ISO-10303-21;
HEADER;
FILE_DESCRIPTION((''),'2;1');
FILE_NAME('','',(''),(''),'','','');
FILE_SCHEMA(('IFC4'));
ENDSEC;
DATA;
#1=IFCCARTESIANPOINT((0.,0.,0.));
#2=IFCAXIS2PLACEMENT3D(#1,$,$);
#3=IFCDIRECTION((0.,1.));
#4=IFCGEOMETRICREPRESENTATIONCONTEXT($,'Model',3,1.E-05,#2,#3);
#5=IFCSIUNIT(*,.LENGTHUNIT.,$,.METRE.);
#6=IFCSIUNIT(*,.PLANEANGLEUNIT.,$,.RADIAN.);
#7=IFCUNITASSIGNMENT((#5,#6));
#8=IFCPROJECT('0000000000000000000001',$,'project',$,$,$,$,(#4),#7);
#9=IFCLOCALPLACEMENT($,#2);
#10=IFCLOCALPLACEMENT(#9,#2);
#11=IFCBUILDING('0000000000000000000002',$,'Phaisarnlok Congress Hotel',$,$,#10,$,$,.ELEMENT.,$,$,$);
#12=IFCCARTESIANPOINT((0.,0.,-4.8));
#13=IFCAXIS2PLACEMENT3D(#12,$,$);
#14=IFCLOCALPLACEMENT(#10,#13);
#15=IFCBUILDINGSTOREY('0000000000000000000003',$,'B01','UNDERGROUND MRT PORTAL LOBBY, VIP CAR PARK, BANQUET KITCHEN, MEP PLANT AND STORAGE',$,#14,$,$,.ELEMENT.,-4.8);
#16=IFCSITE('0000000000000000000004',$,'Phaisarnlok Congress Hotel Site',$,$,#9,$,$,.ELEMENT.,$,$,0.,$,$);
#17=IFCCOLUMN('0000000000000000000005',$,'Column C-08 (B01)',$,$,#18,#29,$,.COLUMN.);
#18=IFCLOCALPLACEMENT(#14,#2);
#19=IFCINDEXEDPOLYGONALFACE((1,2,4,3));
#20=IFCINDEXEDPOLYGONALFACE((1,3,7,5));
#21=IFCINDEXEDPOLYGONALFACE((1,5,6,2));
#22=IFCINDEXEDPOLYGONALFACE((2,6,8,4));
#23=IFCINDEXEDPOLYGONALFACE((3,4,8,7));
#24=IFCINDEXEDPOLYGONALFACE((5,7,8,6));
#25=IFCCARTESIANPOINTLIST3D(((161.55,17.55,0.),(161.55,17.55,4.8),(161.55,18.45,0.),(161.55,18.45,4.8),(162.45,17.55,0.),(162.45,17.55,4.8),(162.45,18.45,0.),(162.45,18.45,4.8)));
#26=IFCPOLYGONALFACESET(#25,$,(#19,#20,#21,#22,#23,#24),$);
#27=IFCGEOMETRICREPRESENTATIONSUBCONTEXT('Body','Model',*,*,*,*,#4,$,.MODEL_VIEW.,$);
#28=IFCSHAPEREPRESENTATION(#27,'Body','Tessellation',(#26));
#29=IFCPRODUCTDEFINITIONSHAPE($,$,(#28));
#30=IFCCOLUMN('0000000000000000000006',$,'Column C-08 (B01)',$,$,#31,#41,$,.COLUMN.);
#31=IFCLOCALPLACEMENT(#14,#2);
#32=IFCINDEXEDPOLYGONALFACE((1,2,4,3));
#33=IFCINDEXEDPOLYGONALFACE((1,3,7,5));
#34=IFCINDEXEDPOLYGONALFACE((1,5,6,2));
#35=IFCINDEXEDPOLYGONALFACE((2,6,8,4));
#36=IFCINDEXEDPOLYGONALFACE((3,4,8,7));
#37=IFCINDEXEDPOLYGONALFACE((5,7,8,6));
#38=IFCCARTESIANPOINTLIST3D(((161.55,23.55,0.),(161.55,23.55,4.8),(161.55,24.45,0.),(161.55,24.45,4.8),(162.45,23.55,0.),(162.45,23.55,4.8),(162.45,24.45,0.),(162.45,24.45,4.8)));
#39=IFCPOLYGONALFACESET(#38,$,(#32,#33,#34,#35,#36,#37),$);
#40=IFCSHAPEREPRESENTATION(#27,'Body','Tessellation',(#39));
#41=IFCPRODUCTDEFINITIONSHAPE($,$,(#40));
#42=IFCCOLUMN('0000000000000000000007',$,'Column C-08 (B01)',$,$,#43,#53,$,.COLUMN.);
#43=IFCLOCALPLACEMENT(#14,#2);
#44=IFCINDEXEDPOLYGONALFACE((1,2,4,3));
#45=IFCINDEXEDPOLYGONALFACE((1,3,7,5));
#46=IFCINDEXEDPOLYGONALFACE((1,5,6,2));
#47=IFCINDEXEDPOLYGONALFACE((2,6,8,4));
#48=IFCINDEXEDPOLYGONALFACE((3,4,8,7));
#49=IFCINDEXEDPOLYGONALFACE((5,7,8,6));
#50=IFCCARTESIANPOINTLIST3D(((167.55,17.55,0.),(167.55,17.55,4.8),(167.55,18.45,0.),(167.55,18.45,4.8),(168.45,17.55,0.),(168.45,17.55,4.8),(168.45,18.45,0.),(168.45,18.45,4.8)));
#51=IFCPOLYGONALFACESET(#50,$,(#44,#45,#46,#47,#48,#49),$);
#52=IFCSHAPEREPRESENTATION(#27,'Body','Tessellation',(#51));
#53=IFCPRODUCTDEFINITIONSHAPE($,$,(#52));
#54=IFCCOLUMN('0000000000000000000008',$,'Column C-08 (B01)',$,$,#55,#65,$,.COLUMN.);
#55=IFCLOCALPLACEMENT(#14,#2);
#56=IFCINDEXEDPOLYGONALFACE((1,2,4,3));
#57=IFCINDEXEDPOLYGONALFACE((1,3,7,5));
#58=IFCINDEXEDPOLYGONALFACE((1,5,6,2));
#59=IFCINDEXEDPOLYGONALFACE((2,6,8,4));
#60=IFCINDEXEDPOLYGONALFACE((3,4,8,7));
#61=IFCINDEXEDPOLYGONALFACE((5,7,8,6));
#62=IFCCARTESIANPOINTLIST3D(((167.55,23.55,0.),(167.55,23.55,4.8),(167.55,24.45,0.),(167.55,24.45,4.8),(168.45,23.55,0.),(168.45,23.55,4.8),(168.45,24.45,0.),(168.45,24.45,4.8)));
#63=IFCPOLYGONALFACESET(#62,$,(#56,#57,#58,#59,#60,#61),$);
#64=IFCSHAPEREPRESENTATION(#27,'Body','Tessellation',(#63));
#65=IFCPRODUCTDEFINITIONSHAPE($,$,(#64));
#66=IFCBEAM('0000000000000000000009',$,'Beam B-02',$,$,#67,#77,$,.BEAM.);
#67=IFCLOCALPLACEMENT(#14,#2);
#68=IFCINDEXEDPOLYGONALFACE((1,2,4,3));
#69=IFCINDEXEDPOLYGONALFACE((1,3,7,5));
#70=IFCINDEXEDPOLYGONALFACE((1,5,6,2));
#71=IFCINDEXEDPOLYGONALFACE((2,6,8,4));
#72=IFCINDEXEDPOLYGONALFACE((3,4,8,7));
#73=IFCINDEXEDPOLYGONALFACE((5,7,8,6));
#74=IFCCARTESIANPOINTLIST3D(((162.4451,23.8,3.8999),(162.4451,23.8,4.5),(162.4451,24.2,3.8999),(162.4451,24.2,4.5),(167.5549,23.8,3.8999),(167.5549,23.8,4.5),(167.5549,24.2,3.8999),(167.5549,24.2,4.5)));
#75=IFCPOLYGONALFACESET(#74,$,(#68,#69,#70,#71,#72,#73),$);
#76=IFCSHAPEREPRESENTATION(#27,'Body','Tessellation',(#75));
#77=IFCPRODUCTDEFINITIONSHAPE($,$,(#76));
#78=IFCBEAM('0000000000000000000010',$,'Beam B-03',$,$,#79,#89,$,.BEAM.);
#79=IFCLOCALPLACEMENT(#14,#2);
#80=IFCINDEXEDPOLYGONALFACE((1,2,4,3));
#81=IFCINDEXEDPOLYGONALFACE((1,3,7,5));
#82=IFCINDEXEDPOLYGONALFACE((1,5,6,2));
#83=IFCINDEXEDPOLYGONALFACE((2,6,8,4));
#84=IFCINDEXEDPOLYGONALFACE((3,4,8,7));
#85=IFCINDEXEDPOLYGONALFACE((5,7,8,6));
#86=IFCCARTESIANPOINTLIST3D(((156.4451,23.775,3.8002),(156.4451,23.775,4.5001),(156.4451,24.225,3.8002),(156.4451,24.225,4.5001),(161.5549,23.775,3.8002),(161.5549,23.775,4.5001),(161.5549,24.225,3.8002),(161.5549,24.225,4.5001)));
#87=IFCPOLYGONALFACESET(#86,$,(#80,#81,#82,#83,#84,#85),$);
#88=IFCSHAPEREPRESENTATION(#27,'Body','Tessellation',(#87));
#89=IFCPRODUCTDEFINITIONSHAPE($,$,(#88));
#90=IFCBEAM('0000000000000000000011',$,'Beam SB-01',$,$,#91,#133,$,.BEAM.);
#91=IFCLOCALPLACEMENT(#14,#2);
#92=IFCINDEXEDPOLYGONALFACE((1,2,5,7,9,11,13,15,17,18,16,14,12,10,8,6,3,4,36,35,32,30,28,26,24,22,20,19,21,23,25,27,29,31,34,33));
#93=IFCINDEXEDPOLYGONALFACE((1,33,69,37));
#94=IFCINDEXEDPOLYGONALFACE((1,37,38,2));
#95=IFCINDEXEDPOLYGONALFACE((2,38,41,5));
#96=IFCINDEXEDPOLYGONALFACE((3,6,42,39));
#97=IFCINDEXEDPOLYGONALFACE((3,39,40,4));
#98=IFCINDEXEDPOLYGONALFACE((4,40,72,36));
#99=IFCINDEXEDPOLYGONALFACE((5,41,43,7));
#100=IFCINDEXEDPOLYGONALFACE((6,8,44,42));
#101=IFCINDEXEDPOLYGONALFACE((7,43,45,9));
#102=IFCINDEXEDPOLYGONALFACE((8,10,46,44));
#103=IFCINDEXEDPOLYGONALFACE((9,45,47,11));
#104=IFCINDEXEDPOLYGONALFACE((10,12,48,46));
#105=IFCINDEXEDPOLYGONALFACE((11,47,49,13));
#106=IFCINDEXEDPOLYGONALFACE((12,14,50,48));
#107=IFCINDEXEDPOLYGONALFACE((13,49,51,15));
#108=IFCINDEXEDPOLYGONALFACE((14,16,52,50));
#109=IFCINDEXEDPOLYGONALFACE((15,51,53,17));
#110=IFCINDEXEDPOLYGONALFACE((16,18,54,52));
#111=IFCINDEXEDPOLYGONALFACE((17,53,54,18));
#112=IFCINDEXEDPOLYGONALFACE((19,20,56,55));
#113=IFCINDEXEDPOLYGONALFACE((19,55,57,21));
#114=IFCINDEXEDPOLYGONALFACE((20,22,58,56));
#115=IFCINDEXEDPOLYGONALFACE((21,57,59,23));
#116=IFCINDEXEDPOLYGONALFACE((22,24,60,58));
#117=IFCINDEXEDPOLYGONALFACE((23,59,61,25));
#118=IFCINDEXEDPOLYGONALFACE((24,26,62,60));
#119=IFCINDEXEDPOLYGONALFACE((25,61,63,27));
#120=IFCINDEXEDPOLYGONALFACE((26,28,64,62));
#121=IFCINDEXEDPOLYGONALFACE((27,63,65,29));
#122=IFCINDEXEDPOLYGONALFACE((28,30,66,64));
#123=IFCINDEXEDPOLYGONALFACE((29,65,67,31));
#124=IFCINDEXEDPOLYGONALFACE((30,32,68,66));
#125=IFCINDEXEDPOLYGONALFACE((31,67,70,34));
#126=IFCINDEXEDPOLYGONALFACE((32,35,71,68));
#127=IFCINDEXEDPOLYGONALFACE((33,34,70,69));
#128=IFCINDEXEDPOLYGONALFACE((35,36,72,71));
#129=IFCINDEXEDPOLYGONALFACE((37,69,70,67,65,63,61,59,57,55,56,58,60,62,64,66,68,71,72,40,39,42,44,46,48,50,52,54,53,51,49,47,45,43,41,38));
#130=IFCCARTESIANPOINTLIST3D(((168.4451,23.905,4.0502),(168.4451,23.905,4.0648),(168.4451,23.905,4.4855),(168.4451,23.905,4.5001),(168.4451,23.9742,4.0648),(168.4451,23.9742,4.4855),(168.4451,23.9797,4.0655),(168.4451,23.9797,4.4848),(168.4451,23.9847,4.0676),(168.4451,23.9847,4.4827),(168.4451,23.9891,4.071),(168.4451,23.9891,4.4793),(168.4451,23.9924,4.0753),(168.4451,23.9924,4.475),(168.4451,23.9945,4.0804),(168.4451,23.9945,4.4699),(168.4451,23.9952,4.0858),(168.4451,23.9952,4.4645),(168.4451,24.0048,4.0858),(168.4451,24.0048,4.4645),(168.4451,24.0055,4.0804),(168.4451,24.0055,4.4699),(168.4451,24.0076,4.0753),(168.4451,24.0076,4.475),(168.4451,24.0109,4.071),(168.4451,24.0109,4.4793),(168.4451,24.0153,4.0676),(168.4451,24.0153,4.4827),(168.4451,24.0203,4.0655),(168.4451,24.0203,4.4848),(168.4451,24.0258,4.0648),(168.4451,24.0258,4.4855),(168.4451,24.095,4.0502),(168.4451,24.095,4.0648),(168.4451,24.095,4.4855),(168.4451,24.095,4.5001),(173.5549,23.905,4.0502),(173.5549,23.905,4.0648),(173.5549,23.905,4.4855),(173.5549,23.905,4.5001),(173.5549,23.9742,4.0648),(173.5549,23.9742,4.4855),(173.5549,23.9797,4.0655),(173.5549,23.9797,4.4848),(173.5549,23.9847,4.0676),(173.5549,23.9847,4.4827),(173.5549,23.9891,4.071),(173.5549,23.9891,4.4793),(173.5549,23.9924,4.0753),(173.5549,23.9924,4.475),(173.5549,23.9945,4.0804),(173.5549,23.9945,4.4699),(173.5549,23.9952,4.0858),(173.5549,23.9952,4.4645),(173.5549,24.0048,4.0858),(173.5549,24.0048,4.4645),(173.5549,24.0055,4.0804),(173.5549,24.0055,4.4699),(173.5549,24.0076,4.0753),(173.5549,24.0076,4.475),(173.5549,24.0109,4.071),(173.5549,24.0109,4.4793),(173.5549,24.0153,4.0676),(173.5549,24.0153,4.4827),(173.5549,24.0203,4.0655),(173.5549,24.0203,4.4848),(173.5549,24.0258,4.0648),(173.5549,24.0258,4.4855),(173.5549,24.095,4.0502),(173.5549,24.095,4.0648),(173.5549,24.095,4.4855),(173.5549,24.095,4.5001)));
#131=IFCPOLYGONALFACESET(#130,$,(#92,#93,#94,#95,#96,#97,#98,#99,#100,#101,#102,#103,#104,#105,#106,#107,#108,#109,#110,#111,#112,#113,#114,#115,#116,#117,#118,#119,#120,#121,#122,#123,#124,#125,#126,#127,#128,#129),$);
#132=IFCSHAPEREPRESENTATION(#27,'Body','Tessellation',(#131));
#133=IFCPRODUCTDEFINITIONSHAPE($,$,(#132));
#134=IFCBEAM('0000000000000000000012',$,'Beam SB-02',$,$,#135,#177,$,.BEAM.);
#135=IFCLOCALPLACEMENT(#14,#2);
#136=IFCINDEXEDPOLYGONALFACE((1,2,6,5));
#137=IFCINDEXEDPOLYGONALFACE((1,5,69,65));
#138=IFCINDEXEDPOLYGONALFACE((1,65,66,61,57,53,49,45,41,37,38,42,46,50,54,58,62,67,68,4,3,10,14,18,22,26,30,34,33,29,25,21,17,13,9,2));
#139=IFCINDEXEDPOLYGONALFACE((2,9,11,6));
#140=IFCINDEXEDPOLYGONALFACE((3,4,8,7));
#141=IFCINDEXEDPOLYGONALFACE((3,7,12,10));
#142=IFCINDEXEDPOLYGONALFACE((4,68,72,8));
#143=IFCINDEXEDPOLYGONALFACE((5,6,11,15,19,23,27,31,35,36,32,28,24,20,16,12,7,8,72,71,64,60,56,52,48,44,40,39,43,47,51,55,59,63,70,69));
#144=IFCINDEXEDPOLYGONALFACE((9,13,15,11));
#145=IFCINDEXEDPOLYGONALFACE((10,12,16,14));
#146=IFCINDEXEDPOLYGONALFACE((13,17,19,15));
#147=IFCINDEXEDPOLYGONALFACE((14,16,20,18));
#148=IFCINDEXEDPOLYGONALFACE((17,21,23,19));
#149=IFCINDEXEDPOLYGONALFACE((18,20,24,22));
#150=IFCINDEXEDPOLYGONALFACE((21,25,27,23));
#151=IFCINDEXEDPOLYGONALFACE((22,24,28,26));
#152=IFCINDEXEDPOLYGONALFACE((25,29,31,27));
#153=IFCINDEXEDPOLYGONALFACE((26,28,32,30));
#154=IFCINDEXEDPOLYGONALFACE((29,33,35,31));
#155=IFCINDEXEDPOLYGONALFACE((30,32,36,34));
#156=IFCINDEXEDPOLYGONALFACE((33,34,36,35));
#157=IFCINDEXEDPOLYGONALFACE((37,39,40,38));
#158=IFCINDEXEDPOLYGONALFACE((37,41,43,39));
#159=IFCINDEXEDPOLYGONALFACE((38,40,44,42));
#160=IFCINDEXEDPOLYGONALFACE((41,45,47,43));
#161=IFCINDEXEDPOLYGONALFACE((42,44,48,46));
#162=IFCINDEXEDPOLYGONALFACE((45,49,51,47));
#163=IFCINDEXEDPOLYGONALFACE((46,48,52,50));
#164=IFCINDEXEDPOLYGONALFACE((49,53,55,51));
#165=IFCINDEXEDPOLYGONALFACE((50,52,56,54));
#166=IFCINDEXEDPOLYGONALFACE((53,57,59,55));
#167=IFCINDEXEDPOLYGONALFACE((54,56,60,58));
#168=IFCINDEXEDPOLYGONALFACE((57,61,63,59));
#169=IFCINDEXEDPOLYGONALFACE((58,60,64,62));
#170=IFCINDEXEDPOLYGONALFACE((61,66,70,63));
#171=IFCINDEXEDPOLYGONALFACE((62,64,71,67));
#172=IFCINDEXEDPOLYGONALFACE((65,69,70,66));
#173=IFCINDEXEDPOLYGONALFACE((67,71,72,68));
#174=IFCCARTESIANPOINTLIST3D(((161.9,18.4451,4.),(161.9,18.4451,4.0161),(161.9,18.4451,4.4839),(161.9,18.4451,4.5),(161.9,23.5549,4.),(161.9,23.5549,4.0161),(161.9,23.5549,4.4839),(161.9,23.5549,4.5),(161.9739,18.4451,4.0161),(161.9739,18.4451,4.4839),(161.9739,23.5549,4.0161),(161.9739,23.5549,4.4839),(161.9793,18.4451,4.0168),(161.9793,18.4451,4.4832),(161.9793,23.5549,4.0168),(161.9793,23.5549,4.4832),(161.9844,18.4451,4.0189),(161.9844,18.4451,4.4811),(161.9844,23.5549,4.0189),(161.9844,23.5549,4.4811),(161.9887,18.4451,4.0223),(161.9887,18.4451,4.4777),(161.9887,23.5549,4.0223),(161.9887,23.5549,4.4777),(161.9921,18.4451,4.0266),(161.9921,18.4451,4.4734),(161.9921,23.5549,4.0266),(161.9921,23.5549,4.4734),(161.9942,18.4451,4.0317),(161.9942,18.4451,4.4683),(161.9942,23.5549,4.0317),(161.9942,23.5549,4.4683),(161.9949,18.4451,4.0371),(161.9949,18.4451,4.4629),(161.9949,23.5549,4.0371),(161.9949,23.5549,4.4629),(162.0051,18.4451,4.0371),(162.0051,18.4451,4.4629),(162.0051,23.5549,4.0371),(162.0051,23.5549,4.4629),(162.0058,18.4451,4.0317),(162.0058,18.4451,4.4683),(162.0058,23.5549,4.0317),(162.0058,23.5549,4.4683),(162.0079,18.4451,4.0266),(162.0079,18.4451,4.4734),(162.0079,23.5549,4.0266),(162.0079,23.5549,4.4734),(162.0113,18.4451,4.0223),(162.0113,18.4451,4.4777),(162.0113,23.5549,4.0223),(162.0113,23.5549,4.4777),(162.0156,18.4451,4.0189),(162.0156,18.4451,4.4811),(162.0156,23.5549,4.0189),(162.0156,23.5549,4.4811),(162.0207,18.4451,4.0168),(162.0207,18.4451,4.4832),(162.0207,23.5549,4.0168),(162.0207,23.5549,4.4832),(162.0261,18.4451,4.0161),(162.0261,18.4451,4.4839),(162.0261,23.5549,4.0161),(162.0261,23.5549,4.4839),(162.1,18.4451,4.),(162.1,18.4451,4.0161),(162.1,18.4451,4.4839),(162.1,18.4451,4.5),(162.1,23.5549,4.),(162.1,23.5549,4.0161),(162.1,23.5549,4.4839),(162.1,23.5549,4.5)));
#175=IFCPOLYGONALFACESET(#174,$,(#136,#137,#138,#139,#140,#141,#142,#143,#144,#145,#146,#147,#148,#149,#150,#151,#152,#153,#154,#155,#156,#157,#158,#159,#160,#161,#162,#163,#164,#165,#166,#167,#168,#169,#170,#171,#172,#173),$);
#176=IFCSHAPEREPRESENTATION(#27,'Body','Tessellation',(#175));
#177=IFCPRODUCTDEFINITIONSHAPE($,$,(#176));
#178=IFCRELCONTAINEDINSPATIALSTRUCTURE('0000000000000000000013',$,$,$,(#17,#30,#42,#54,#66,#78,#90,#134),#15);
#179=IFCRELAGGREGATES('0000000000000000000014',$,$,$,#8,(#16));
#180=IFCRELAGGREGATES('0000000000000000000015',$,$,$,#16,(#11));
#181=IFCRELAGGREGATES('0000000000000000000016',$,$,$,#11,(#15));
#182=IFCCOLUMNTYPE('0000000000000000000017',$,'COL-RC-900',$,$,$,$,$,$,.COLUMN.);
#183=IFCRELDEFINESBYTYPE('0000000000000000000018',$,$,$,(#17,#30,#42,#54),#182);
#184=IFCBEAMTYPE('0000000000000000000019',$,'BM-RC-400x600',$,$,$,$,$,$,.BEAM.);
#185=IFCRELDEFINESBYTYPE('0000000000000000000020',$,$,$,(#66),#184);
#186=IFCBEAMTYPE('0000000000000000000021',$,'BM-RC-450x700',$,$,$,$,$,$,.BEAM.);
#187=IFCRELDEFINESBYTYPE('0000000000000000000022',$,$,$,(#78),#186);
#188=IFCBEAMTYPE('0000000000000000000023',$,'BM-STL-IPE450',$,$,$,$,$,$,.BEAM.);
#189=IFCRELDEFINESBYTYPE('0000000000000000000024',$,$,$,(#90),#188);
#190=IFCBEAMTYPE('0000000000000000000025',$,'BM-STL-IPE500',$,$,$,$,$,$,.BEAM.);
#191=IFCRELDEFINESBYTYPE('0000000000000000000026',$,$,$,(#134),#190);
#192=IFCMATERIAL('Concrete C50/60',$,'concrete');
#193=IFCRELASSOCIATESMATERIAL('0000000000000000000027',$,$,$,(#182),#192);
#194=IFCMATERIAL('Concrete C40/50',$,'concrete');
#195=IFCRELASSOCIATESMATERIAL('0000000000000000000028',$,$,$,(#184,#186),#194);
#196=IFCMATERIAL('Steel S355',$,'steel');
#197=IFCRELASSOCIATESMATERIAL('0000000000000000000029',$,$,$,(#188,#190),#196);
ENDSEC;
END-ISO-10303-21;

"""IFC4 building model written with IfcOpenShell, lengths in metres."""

from ifc_helpers import new_model, si_unit, direction, frame, origin, origin_2d, place, context, subcontext, project, spatial, rectangle, i_section, extrude, material, material_profile, profile_set, type_object, element, save


model = new_model("IFC4")

# Units and contexts
model_context = context("Model", 3, precision=1e-05, world=origin(), true_north=direction((0.0, 1.0)))
body_context = subcontext(model_context, "Body", "Model", "MODEL_VIEW")
ifc_project = project(units=[si_unit("LENGTHUNIT", "METRE"), si_unit("PLANEANGLEUNIT", "RADIAN")], contexts=[model_context])

# Site, building, storey
site_placement = place(None, origin())
site = spatial("IfcSite", under=ifc_project, at=site_placement, Name="Phaisarnlok Congress Hotel Site", CompositionType="ELEMENT", RefElevation=0.0)
building_placement = place(site_placement, origin())
building = spatial("IfcBuilding", under=site, at=building_placement, Name="Phaisarnlok Congress Hotel", CompositionType="ELEMENT")
storey_placement = place(building_placement, frame((0.0, 0.0, -4.8)))
storey = spatial("IfcBuildingStorey", under=building, at=storey_placement, Name="B01", Description="UNDERGROUND MRT PORTAL LOBBY, VIP CAR PARK, BANQUET KITCHEN, MEP PLANT AND STORAGE", CompositionType="ELEMENT", Elevation=-4.8)

# Shared definitions
ifc_material_1 = material(Name="Concrete C40/50", Category="concrete")

# Columns
ifc_material_2 = material(Name="Concrete C50/60", Category="concrete")
ifc_material_profile_1 = material_profile(ifc_material_2, rectangle(XDim=0.8999, YDim=0.8999, at=origin_2d()), Name="RC 900x900")
ifc_profile_set_1 = profile_set([ifc_material_profile_1], Name="Concrete C50/60")
column_type = type_object("IfcColumnType", Name="COL-RC-900", PredefinedType="COLUMN", material=ifc_profile_set_1)
for number, where, z_axis, x_axis, name in (
    (1, (162.0, 18.0, 0.0), (0.0, 0.0, 1.0), (1.0, 0.0, 0.0), "Column C-08 (B01)"),
    (2, (162.0, 24.0, 0.0), (0.0, 0.0, 1.0), (1.0, 0.0, 0.0), "Column C-08 (B01)"),
    (3, (168.0, 18.0, 0.0), (0.0, 0.0, 1.0), (1.0, 0.0, 0.0), "Column C-08 (B01)"),
    (4, (168.0, 24.0, 0.0), (0.0, 0.0, 1.0), (1.0, 0.0, 0.0), "Column C-08 (B01)"),
):
    element("IfcColumn", number, at=place(storey_placement, frame(where, z_axis=z_axis, x_axis=x_axis)), inside=storey, type_object=column_type, Name=name, PredefinedType="COLUMN", context=body_context, shape_type="SweptSolid", body=[
        extrude(rectangle(XDim=0.8999, YDim=0.8999, at=origin_2d()), origin(), (0.0, 0.0, 1.0), 4.8),
    ])

# Beams
ifc_material_profile_2 = material_profile(ifc_material_1, rectangle(XDim=0.3999, YDim=0.6001, at=origin_2d()), Name="RC 400x600")
ifc_profile_set_2 = profile_set([ifc_material_profile_2], Name="Concrete C40/50")
beam_type_1 = type_object("IfcBeamType", Name="BM-RC-400x600", PredefinedType="BEAM", material=ifc_profile_set_2)
beam_1_placement = place(storey_placement, frame((162.4451, 24.0, 4.2), z_axis=(1.0, 0.0, 0.0), x_axis=(0.0, 1.0, 0.0)))
element("IfcBeam", 5, at=beam_1_placement, inside=storey, type_object=beam_type_1, Name="Beam B-02", PredefinedType="BEAM", context=body_context, shape_type="SweptSolid", body=[
    extrude(rectangle(XDim=0.3999, YDim=0.6001, at=origin_2d()), origin(), (0.0, 0.0, 1.0), 5.1099),
])
ifc_material_profile_3 = material_profile(ifc_material_1, rectangle(XDim=0.45, YDim=0.7, at=origin_2d()), Name="RC 450x700")
ifc_profile_set_3 = profile_set([ifc_material_profile_3], Name="Concrete C40/50")
beam_type_2 = type_object("IfcBeamType", Name="BM-RC-450x700", PredefinedType="BEAM", material=ifc_profile_set_3)
beam_2_placement = place(storey_placement, frame((156.4451, 24.0, 4.1501), z_axis=(1.0, 0.0, 0.0), x_axis=(0.0, 1.0, 0.0)))
element("IfcBeam", 6, at=beam_2_placement, inside=storey, type_object=beam_type_2, Name="Beam B-03", PredefinedType="BEAM", context=body_context, shape_type="SweptSolid", body=[
    extrude(rectangle(XDim=0.45, YDim=0.7, at=origin_2d()), origin(), (0.0, 0.0, 1.0), 5.1099),
])
ifc_material_3 = material(Name="Steel S355", Category="steel")
ifc_material_profile_4 = material_profile(ifc_material_3, i_section(OverallWidth=0.1899, OverallDepth=0.45, WebThickness=0.0095, FlangeThickness=0.0146, FilletRadius=0.021, at=origin_2d()), Name="IPE 450")
ifc_profile_set_4 = profile_set([ifc_material_profile_4], Name="Steel S355")
beam_type_3 = type_object("IfcBeamType", Name="BM-STL-IPE450", PredefinedType="BEAM", material=ifc_profile_set_4)
beam_3_placement = place(storey_placement, frame((168.4451, 24.0, 4.2751), z_axis=(1.0, 0.0, 0.0), x_axis=(0.0, 1.0, 0.0)))
element("IfcBeam", 7, at=beam_3_placement, inside=storey, type_object=beam_type_3, Name="Beam SB-01", PredefinedType="BEAM", context=body_context, shape_type="SweptSolid", body=[
    extrude(i_section(OverallWidth=0.1899, OverallDepth=0.45, WebThickness=0.0095, FlangeThickness=0.0146, FilletRadius=0.021, at=origin_2d()), origin(), (0.0, 0.0, 1.0), 5.1099),
])
ifc_material_profile_5 = material_profile(ifc_material_3, i_section(OverallWidth=0.2, OverallDepth=0.5, WebThickness=0.0103, FlangeThickness=0.0161, FilletRadius=0.021, at=origin_2d()), Name="IPE 500")
ifc_profile_set_5 = profile_set([ifc_material_profile_5], Name="Steel S355")
beam_type_4 = type_object("IfcBeamType", Name="BM-STL-IPE500", PredefinedType="BEAM", material=ifc_profile_set_5)
for number, where, z_axis, x_axis, name in (
    (8, (162.0, 18.4451, 4.25), (0.0, 1.0, 0.0), (-1.0, 0.0, 0.0), "Beam SB-02"),
):
    element("IfcBeam", number, at=place(storey_placement, frame(where, z_axis=z_axis, x_axis=x_axis)), inside=storey, type_object=beam_type_4, Name=name, PredefinedType="BEAM", context=body_context, shape_type="SweptSolid", body=[
        extrude(i_section(OverallWidth=0.2, OverallDepth=0.5, WebThickness=0.0103, FlangeThickness=0.0161, FilletRadius=0.021, at=origin_2d()), origin(), (0.0, 0.0, 1.0), 5.1099),
    ])

save(model, "model.ifc")
